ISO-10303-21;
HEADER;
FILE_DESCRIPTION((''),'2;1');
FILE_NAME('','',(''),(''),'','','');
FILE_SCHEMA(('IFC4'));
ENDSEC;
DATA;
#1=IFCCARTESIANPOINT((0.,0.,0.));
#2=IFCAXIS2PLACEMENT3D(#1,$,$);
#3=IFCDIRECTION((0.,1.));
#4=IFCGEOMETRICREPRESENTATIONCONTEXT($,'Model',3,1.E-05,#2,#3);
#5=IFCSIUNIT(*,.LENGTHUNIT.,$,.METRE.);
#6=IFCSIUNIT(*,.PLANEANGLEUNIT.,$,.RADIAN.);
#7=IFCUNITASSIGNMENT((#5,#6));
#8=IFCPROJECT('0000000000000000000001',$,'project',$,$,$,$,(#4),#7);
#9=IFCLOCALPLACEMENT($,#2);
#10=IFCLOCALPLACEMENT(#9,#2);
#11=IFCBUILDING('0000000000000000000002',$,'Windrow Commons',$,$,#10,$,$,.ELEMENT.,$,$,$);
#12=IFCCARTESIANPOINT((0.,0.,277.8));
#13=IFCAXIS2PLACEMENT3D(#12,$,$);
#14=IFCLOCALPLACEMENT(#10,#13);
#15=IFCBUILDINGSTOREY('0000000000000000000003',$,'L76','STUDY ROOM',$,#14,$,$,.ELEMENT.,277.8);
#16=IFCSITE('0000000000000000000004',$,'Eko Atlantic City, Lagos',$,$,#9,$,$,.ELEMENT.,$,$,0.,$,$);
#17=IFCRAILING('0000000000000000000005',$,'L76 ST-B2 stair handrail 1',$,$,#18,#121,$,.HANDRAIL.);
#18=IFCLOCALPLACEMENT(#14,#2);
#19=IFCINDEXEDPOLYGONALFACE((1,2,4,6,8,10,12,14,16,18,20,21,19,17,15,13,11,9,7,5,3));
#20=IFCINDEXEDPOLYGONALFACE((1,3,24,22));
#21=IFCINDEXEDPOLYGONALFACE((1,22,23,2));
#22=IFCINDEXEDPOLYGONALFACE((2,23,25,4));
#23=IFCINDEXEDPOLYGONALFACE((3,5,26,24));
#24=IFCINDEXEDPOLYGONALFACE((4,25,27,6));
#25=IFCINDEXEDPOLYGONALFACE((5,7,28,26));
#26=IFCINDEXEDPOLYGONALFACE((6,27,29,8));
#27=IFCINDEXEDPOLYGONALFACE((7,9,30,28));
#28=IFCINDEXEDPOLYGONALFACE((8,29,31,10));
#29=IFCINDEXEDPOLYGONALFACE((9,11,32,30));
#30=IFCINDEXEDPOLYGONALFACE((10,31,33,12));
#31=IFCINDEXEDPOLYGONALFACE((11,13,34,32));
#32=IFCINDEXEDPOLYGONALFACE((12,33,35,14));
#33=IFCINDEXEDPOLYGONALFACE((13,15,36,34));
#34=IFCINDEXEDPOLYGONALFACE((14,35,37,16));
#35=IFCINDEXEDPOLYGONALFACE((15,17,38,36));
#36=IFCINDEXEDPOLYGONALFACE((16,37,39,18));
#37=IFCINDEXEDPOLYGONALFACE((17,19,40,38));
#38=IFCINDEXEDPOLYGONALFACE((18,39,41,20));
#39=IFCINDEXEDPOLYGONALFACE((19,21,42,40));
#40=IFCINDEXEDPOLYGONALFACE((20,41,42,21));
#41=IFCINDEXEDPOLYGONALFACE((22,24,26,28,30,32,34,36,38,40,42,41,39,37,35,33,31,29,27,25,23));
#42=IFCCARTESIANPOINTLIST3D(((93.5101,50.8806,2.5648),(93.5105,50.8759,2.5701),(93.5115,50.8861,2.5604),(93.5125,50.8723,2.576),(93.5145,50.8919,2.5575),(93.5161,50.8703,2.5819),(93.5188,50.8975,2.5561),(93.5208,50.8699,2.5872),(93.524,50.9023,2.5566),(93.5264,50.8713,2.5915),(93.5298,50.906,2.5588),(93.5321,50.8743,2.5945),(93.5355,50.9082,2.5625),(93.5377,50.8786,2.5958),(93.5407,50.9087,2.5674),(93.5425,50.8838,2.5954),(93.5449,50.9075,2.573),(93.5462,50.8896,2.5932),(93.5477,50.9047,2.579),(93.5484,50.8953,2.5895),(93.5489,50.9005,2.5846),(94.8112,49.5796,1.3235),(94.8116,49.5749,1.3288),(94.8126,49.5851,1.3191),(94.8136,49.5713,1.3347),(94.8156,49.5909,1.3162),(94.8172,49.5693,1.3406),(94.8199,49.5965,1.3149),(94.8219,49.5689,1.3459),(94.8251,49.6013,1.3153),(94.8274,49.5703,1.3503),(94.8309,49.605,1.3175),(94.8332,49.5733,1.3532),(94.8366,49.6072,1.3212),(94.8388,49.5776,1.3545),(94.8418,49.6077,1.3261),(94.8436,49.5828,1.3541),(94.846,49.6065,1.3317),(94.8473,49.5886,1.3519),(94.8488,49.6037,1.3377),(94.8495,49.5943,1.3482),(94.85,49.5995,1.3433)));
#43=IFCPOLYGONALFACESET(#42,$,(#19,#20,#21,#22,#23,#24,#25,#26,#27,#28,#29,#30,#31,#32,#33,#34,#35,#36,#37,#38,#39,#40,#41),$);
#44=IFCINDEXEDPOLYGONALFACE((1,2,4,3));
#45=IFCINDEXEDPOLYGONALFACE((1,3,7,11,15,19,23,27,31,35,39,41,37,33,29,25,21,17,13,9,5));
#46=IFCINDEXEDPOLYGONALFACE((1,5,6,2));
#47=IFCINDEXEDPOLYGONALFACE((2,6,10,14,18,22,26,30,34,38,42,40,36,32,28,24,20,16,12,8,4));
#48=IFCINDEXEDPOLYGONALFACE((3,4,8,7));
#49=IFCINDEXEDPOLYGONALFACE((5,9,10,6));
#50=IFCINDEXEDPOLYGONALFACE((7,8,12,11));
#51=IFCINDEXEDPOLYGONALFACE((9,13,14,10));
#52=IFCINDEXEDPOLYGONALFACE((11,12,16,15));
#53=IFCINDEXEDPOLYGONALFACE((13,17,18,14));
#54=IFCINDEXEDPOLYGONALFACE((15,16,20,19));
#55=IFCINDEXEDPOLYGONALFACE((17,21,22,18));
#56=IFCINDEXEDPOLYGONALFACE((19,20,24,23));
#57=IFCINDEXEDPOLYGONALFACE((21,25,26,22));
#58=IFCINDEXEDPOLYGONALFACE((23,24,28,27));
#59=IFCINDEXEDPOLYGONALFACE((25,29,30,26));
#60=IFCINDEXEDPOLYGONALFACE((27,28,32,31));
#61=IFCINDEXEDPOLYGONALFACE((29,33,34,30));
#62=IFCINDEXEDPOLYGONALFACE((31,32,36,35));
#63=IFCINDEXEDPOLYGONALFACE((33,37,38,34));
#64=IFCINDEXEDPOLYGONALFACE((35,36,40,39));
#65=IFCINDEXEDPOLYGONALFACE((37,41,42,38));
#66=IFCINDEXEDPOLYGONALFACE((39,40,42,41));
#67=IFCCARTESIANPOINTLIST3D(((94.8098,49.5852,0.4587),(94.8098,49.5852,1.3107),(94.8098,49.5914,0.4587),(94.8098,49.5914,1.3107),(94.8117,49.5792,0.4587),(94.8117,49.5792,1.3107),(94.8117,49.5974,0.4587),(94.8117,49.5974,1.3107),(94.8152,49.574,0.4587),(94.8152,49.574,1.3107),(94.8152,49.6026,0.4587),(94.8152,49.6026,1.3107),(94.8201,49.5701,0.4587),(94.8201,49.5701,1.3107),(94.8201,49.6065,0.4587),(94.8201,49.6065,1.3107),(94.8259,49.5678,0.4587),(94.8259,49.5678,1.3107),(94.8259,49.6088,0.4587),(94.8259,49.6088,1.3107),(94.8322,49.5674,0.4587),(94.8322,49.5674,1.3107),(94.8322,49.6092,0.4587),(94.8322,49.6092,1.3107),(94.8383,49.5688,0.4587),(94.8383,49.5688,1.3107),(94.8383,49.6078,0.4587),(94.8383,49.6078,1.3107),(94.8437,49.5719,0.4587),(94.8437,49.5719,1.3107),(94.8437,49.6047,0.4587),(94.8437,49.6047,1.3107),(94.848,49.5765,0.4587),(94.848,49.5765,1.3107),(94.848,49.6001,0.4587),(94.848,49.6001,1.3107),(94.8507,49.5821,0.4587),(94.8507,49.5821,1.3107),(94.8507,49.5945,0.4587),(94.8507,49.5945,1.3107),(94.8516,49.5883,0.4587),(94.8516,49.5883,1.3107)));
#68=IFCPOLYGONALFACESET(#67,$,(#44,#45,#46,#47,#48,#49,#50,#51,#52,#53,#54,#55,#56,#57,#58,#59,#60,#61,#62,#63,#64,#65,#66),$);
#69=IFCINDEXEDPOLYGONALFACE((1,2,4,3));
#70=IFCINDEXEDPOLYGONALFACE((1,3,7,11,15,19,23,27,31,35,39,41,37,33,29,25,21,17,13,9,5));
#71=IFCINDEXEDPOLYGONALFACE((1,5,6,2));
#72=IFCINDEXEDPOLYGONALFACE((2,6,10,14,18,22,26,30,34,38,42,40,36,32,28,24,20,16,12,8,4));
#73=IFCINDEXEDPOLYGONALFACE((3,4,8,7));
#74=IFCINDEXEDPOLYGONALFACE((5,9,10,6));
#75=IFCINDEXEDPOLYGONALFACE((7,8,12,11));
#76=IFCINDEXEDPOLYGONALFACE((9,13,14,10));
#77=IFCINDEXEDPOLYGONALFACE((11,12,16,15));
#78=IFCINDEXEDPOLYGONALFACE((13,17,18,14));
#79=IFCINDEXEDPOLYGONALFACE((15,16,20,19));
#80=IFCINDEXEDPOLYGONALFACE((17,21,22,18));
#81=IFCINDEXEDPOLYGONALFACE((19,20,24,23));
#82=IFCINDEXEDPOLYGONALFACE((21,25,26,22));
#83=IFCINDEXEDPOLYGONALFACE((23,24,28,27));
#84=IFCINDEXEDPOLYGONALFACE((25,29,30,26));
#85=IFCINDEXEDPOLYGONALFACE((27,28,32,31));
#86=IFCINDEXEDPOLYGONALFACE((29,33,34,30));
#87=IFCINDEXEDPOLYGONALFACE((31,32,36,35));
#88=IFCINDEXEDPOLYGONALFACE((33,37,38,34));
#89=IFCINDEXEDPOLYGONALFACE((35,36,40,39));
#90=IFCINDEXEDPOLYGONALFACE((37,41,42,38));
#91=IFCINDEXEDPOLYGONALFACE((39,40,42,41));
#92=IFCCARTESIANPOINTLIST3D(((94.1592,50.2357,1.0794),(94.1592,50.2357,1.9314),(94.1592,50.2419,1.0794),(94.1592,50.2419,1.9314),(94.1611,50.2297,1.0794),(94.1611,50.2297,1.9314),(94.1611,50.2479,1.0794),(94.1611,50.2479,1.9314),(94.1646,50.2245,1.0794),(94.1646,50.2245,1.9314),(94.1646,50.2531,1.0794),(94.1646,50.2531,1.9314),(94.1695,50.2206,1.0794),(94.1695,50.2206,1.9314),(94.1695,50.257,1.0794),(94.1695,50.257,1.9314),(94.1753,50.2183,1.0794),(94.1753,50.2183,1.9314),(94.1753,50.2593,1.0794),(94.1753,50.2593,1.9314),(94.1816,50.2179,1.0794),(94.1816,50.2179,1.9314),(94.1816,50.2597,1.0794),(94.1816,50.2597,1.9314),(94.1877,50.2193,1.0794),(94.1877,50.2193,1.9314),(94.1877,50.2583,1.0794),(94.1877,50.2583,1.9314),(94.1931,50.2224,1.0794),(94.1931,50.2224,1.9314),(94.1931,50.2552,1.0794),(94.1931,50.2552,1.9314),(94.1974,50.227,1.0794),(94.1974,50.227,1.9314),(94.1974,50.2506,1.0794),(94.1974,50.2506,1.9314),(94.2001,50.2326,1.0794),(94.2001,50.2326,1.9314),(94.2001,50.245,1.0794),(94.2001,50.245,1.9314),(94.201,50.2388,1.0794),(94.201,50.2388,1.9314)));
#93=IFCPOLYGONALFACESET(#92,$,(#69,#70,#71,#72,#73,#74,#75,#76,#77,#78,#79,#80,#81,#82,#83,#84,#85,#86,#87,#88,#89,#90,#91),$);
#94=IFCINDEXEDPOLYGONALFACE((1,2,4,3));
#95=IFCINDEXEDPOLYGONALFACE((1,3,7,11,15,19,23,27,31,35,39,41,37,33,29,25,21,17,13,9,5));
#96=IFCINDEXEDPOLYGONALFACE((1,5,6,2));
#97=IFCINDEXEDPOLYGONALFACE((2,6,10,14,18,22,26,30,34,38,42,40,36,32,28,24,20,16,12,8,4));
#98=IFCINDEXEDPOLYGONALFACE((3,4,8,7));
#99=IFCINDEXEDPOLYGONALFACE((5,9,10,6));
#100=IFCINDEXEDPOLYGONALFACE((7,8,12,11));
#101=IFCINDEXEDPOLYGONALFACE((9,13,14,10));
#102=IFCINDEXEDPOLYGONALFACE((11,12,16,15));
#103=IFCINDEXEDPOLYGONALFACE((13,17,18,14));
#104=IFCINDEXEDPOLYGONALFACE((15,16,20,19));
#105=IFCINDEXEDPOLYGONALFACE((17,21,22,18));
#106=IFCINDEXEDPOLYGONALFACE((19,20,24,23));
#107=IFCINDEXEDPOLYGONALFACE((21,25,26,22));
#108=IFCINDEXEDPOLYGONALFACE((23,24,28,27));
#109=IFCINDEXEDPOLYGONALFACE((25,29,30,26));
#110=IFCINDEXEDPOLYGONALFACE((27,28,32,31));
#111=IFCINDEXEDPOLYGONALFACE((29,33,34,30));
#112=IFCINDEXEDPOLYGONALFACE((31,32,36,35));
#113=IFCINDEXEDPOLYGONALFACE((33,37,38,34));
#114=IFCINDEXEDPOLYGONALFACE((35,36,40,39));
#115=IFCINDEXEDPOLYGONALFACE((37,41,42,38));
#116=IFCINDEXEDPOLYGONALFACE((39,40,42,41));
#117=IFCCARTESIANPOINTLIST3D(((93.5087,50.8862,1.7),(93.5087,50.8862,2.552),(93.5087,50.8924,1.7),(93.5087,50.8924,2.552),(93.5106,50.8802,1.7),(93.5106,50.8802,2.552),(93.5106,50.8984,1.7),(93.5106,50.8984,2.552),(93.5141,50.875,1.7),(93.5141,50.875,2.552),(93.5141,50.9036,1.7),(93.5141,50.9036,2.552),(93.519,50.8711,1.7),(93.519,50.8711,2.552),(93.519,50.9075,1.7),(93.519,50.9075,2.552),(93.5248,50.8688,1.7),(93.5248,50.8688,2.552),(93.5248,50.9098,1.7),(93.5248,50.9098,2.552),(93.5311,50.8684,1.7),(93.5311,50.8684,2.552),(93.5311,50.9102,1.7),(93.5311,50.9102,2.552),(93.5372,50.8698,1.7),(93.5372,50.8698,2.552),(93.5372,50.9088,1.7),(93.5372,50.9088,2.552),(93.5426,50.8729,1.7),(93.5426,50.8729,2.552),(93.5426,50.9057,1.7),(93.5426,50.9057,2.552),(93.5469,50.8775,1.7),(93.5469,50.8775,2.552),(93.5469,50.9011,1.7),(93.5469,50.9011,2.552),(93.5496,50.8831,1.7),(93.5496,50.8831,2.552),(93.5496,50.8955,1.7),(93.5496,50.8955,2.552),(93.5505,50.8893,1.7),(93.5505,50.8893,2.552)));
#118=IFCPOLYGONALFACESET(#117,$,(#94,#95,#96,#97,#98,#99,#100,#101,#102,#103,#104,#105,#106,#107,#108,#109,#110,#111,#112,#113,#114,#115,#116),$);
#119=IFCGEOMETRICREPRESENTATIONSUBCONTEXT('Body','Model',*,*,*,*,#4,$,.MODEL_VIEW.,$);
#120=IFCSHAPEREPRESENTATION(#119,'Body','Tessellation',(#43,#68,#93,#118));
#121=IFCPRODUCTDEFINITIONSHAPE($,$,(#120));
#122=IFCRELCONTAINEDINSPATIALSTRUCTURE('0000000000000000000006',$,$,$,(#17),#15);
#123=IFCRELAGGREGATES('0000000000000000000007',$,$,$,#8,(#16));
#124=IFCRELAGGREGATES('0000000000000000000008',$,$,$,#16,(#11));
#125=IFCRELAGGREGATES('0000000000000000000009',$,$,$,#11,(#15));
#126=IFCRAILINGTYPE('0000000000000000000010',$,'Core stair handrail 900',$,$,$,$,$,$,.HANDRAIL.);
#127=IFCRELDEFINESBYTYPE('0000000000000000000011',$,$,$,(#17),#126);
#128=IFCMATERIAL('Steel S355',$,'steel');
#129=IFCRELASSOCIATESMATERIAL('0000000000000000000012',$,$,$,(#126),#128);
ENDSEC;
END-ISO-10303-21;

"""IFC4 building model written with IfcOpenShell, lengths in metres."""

from ifc_helpers import new_model, si_unit, direction, frame, origin, origin_2d, place, context, subcontext, project, spatial, circle, extrude, material, type_object, element, save


model = new_model("IFC4")

# Units and contexts
model_context = context("Model", 3, precision=1e-05, world=origin(), true_north=direction((0.0, 1.0)))
body_context = subcontext(model_context, "Body", "Model", "MODEL_VIEW")
ifc_project = project(units=[si_unit("LENGTHUNIT", "METRE"), si_unit("PLANEANGLEUNIT", "RADIAN")], contexts=[model_context])

# Site, building, storey
site_placement = place(None, origin())
site = spatial("IfcSite", under=ifc_project, at=site_placement, Name="Eko Atlantic City, Lagos", CompositionType="ELEMENT", RefElevation=0.0)
building_placement = place(site_placement, origin())
building = spatial("IfcBuilding", under=site, at=building_placement, Name="Windrow Commons", CompositionType="ELEMENT")
storey_placement = place(building_placement, frame((0.0, 0.0, 277.8)))
storey = spatial("IfcBuildingStorey", under=building, at=storey_placement, Name="L76", Description="STUDY ROOM", CompositionType="ELEMENT", Elevation=277.8)

# Railing
ifc_material_1 = material(Name="Steel S355", Category="steel")
railing_type_1 = type_object("IfcRailingType", Name="Core stair handrail 900", PredefinedType="HANDRAIL", material=ifc_material_1)
railing_1_placement = place(storey_placement, frame((94.8306, 49.5883, 0.4587)))
element("IfcRailing", 1, at=railing_1_placement, inside=storey, type_object=railing_type_1, Name="L76 ST-B2 stair handrail 1", PredefinedType="HANDRAIL", context=body_context, shape_type="SweptSolid", body=[
    extrude(circle(Radius=0.024, at=origin_2d()), frame((0.0, 0.0, 0.876), z_axis=(-0.586207, 0.586162, 0.559264), x_axis=(-0.70708, -0.707134, 0.0)), (0.0, 0.0, 1.0), 2.2195),
    extrude(circle(Radius=0.021, at=origin_2d()), origin(), (0.0, 0.0, 1.0), 0.852),
    extrude(circle(Radius=0.021, at=origin_2d()), frame((-0.6506, 0.6505, 0.6207)), (0.0, 0.0, 1.0), 0.852),
    extrude(circle(Radius=0.021, at=origin_2d()), frame((-1.3011, 1.301, 1.2413)), (0.0, 0.0, 1.0), 0.852),
])

save(model, "model.ifc")
